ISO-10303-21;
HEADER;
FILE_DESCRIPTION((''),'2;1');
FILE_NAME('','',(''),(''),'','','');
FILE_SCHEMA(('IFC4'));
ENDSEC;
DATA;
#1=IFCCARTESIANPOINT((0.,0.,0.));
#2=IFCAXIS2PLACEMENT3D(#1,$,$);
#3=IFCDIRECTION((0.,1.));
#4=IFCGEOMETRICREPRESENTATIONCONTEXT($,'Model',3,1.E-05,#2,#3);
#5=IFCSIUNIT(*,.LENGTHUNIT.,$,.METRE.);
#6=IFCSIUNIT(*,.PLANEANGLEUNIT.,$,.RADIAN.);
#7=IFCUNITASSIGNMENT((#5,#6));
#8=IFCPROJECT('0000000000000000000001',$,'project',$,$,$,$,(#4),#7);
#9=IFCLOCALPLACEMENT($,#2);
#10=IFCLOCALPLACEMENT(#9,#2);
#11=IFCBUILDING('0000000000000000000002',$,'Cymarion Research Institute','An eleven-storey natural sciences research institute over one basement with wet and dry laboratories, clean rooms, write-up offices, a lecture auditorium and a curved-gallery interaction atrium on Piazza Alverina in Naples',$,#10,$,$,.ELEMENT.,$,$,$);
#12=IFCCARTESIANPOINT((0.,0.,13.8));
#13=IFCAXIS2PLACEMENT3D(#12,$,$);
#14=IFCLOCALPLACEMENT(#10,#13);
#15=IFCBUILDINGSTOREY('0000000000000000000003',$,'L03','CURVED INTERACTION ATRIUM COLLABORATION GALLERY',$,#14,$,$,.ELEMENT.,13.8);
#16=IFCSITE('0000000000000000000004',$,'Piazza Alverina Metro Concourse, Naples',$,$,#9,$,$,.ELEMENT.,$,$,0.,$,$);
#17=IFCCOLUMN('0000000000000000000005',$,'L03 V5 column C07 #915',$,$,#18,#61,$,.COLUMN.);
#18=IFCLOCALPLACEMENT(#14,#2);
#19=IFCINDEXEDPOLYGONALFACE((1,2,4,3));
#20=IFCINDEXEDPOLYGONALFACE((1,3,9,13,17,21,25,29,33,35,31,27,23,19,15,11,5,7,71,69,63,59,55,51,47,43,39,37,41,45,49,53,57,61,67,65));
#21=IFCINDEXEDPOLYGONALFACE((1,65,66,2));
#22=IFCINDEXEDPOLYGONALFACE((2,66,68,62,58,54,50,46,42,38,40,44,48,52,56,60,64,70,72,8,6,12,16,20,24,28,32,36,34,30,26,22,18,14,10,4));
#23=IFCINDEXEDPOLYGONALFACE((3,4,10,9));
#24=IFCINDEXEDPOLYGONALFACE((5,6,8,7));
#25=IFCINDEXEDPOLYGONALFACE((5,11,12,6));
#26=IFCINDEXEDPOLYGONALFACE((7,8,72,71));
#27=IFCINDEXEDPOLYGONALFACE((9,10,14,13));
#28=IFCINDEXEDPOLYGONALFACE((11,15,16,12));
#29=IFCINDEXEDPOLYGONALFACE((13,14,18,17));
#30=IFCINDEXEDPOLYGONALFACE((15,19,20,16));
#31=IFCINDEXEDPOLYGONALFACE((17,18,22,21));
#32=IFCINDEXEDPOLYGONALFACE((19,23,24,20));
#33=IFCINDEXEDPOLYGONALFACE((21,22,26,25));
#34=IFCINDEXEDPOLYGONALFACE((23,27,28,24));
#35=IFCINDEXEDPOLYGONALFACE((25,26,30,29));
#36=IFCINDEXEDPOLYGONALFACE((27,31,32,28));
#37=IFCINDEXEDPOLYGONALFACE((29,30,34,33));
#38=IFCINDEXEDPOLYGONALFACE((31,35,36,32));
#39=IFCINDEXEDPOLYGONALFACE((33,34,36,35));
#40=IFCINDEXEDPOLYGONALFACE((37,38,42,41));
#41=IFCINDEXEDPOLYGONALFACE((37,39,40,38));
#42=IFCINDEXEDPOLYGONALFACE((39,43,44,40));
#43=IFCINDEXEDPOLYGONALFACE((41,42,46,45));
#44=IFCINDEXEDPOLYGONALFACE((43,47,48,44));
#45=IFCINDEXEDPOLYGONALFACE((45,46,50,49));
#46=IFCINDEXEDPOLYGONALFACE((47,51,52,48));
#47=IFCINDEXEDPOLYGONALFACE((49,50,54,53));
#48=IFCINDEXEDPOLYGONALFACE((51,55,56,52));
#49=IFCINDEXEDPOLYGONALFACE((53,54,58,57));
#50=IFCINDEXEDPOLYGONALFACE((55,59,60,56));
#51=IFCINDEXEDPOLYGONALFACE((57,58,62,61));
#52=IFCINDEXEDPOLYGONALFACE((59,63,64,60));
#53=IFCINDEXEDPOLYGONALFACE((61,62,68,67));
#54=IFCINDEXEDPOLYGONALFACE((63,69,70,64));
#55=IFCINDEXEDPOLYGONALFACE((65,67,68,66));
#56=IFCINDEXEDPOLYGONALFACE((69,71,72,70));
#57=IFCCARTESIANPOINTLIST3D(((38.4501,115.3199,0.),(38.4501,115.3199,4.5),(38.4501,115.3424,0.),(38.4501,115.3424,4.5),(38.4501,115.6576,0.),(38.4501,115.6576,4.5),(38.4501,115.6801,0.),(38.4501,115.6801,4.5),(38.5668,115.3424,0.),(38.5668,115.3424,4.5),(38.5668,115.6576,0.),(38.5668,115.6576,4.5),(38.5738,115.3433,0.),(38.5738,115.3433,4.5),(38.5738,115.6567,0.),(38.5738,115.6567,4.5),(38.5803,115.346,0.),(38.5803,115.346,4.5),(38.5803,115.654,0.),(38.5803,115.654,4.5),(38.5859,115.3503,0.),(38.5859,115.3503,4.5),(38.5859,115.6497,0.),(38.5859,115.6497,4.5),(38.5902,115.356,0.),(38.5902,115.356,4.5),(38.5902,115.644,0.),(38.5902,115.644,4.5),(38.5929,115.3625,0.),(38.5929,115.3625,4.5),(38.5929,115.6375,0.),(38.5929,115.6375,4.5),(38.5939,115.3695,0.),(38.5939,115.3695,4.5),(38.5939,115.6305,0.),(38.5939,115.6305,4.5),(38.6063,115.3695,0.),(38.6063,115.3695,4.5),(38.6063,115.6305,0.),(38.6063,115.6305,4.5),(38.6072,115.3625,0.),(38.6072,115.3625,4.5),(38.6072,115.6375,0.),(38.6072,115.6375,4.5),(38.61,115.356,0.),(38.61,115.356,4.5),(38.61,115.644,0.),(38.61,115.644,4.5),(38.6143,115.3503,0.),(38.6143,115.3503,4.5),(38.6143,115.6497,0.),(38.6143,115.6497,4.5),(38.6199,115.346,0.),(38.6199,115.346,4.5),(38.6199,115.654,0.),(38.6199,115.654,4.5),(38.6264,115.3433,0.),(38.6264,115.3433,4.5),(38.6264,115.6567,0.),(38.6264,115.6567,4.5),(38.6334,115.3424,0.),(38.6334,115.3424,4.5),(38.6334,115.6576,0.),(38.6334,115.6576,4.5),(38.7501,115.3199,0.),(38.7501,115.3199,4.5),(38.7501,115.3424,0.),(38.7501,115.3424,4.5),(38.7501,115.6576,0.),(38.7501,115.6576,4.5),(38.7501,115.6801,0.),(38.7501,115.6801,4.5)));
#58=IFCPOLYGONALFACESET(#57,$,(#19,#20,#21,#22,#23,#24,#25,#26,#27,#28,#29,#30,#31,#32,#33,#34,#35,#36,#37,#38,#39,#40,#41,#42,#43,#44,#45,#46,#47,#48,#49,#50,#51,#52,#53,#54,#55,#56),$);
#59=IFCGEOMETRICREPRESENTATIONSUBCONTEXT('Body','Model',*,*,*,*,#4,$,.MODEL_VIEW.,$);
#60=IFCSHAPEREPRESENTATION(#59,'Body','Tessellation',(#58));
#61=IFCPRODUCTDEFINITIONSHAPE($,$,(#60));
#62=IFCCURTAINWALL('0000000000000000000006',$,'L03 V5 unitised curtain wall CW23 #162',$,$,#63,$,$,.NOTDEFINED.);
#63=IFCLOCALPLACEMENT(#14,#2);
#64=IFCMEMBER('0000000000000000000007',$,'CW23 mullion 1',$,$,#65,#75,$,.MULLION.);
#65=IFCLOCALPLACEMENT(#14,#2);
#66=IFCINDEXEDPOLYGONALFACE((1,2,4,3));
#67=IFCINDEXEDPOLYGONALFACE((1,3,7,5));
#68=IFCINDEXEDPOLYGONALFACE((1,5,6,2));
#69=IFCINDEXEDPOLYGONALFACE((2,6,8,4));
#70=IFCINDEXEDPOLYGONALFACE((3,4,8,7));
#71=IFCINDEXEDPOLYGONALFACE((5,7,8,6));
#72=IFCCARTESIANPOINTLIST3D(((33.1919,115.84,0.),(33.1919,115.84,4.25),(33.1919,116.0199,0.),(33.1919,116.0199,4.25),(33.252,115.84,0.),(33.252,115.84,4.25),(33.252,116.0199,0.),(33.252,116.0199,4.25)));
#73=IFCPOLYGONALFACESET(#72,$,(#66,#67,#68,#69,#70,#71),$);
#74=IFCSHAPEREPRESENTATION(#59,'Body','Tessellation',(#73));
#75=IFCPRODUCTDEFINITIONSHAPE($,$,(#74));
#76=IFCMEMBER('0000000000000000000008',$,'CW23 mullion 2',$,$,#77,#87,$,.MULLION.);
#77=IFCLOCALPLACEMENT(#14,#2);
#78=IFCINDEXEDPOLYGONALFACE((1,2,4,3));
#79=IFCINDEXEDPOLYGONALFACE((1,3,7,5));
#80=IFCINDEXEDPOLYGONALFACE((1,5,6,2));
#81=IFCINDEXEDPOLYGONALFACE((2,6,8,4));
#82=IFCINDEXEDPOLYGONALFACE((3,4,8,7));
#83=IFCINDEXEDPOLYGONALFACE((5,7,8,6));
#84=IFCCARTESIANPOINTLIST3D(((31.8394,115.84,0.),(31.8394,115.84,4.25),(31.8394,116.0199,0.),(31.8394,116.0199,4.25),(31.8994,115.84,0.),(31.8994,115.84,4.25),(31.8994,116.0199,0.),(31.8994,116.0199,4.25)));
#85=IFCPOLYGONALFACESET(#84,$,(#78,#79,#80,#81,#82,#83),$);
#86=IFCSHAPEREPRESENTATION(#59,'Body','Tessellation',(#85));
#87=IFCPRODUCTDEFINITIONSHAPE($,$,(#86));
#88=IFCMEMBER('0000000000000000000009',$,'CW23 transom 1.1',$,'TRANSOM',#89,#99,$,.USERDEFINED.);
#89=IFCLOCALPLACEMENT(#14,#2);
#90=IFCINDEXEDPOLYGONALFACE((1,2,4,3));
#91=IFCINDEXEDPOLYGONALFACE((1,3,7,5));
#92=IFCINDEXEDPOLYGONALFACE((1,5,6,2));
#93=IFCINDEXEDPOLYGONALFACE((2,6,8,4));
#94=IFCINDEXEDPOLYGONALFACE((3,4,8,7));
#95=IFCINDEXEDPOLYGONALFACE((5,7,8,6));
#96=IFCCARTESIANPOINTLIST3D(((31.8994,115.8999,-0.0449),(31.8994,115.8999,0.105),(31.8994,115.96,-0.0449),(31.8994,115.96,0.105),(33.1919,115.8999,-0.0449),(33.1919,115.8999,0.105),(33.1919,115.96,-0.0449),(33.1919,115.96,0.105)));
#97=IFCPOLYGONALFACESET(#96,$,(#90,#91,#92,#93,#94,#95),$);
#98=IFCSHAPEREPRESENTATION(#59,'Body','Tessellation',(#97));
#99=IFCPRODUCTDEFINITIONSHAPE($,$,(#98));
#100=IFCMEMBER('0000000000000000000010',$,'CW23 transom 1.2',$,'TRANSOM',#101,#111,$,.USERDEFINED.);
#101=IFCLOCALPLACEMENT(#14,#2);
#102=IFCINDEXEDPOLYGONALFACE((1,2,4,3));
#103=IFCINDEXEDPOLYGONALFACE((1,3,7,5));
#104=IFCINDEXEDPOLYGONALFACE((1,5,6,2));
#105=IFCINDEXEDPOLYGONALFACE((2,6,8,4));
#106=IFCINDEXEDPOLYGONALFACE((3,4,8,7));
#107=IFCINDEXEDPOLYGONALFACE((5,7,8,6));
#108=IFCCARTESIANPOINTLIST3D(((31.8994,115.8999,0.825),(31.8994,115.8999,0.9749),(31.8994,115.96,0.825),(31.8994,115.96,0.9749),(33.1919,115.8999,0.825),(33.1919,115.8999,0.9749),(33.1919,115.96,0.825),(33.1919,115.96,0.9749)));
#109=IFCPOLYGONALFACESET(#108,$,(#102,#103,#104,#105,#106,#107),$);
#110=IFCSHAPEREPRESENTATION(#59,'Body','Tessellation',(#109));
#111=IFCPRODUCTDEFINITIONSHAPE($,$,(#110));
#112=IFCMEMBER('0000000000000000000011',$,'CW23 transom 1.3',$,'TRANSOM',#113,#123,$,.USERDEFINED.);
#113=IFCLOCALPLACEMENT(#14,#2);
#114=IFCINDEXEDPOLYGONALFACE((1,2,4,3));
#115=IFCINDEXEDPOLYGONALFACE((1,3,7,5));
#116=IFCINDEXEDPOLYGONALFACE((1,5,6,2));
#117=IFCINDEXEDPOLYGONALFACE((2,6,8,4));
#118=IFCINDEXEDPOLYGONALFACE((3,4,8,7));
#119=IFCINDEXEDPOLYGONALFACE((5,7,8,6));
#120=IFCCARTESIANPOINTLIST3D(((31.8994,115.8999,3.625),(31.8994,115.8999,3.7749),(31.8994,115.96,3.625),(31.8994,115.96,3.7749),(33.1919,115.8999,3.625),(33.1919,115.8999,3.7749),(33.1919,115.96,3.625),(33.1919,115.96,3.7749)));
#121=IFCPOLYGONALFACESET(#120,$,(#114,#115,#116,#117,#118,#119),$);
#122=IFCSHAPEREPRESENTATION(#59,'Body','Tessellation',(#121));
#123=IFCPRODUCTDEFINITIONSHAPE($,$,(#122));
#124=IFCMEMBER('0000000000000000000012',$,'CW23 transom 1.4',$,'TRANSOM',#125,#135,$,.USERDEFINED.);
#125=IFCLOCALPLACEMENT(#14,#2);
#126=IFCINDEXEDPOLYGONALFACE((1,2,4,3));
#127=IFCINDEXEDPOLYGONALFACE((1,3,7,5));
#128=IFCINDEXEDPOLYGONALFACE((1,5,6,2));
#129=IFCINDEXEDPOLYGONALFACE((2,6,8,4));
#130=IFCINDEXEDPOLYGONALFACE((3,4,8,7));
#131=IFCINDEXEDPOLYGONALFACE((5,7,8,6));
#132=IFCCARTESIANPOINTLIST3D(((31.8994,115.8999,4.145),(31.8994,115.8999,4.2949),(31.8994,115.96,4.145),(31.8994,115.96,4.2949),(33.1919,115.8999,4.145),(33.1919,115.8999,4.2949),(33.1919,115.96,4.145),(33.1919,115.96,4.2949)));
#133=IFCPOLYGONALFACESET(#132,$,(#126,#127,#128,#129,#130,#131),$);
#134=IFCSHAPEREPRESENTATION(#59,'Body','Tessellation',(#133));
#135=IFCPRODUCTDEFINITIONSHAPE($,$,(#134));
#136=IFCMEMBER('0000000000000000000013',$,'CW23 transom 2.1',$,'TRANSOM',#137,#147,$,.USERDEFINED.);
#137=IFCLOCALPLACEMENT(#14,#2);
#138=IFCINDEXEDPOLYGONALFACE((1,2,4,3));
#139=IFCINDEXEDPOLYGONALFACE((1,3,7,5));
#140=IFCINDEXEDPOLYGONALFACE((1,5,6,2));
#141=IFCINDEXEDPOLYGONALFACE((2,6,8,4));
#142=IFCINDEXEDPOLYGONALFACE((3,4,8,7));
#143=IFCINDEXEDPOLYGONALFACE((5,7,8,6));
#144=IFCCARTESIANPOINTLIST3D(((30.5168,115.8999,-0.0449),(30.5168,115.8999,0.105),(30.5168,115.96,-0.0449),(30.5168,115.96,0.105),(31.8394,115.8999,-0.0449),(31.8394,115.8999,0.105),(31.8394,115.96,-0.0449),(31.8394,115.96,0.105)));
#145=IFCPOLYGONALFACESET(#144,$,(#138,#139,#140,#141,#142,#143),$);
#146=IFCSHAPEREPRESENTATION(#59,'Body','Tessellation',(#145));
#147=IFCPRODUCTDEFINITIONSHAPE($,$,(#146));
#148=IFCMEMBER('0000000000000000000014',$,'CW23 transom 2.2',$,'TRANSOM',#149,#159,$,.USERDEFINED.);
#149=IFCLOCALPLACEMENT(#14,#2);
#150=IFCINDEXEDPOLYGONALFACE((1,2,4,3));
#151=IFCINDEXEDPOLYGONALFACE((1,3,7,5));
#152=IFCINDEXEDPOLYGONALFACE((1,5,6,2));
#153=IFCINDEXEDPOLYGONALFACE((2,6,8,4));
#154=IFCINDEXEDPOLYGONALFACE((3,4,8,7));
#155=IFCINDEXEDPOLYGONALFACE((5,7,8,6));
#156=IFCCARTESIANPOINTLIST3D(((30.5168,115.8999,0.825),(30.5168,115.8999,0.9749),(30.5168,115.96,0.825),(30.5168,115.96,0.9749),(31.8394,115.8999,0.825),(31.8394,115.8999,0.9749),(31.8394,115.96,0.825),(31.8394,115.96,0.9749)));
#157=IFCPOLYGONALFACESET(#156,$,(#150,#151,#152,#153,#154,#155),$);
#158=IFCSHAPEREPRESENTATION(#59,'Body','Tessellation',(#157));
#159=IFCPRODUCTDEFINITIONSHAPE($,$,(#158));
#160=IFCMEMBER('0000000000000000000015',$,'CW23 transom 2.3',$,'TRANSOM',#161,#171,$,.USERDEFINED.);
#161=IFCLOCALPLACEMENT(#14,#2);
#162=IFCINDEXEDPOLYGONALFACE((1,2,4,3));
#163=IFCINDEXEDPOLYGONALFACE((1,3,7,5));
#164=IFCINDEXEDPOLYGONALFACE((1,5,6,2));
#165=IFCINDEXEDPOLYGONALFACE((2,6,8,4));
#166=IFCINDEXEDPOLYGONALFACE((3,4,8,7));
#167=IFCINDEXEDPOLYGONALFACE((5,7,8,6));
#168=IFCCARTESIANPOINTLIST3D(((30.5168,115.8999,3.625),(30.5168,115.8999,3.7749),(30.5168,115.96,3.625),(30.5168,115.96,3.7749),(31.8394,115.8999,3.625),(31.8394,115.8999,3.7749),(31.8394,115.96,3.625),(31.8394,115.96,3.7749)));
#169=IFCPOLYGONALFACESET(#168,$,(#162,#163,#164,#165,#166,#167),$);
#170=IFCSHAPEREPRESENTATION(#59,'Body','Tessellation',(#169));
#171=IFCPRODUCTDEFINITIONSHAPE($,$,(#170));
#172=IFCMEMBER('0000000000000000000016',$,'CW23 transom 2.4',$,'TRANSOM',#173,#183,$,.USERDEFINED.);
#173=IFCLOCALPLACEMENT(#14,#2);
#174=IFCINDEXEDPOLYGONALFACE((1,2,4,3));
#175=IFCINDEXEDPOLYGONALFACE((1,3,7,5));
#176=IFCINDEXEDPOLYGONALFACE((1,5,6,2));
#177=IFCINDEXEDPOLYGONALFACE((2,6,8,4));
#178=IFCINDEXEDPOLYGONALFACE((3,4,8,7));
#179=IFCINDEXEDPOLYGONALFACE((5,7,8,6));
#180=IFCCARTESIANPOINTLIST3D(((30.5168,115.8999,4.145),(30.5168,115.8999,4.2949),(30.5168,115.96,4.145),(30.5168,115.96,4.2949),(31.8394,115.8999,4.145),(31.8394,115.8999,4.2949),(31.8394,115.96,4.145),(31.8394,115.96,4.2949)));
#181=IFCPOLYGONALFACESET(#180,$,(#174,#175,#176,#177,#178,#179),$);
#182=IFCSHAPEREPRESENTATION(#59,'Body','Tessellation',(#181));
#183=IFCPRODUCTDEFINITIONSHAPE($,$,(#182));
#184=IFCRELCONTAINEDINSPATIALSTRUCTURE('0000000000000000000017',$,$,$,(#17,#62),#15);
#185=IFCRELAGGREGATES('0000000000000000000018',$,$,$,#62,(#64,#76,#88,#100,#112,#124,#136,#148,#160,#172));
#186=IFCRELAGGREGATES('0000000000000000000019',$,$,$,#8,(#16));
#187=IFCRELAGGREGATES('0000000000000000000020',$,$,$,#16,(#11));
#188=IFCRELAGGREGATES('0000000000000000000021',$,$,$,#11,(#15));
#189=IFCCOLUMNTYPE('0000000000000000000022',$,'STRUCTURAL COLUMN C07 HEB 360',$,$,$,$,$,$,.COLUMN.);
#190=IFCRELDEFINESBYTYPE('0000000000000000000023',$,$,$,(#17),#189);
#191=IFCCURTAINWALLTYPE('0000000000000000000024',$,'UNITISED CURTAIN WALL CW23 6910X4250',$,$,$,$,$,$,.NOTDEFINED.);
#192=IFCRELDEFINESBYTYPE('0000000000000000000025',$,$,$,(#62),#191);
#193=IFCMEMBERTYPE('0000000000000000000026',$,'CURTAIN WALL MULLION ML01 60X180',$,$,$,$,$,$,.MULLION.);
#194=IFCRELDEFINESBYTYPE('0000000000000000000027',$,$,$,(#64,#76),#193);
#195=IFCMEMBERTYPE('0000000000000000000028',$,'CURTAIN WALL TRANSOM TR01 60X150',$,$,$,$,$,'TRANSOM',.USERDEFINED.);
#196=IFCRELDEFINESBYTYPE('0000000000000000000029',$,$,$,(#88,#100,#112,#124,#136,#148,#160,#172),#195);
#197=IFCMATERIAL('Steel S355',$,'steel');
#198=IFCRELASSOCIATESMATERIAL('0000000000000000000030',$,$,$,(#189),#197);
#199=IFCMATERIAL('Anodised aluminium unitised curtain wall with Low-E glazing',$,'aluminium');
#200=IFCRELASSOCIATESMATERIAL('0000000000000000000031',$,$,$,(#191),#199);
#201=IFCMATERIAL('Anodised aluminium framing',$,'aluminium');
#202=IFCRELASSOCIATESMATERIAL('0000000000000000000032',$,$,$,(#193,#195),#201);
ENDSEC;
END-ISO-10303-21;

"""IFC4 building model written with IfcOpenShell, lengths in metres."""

from ifc_helpers import new_model, si_unit, direction, frame, origin, origin_2d, place, context, subcontext, project, spatial, rectangle, i_section, extrude, material, material_profile, profile_set, type_object, element, aggregate, save


model = new_model("IFC4")

# Units and contexts
model_context = context("Model", 3, precision=1e-05, world=origin(), true_north=direction((0.0, 1.0)))
body_context = subcontext(model_context, "Body", "Model", "MODEL_VIEW")
ifc_project = project(units=[si_unit("LENGTHUNIT", "METRE"), si_unit("PLANEANGLEUNIT", "RADIAN")], contexts=[model_context])

# Site, building, storey
site_placement = place(None, origin())
site = spatial("IfcSite", under=ifc_project, at=site_placement, Name="Piazza Alverina Metro Concourse, Naples", CompositionType="ELEMENT", RefElevation=0.0)
building_placement = place(site_placement, origin())
building = spatial("IfcBuilding", under=site, at=building_placement, Name="Cymarion Research Institute", Description="An eleven-storey natural sciences research institute over one basement with wet and dry laboratories, clean rooms, write-up offices, a lecture auditorium and a curved-gallery interaction atrium on Piazza Alverina in Naples", CompositionType="ELEMENT")
storey_placement = place(building_placement, frame((0.0, 0.0, 13.8)))
storey = spatial("IfcBuildingStorey", under=building, at=storey_placement, Name="L03", Description="CURVED INTERACTION ATRIUM COLLABORATION GALLERY", CompositionType="ELEMENT", Elevation=13.8)

# Column
ifc_material_1 = material(Name="Steel S355", Category="steel")
ifc_material_profile_1 = material_profile(ifc_material_1, i_section(OverallWidth=0.3, OverallDepth=0.3601, WebThickness=0.0125, FlangeThickness=0.0225, FilletRadius=0.0271, at=origin_2d()), Name="HEB 360")
ifc_profile_set_1 = profile_set([ifc_material_profile_1], Name="Steel S355")
column_type = type_object("IfcColumnType", Name="STRUCTURAL COLUMN C07 HEB 360", PredefinedType="COLUMN", material=ifc_profile_set_1)
column_placement = place(storey_placement, frame((38.6001, 115.5, 0.0), z_axis=(0.0, 0.0, 1.0), x_axis=(1.0, 0.0, 0.0)))
element("IfcColumn", 1, at=column_placement, inside=storey, type_object=column_type, Name="L03 V5 column C07 #915", PredefinedType="COLUMN", context=body_context, shape_type="SweptSolid", body=[
    extrude(i_section(OverallWidth=0.3, OverallDepth=0.3601, WebThickness=0.0125, FlangeThickness=0.0225, FilletRadius=0.0271, at=origin_2d()), origin(), (0.0, 0.0, 1.0), 4.5),
])

# Curtain wall, members
ifc_material_2 = material(Name="Anodised aluminium unitised curtain wall with Low-E glazing", Category="aluminium")
curtain_wall_type = type_object("IfcCurtainWallType", Name="UNITISED CURTAIN WALL CW23 6910X4250", PredefinedType="NOTDEFINED", material=ifc_material_2)
curtain_wall_placement = place(storey_placement, origin())
curtain_wall = element("IfcCurtainWall", 2, at=curtain_wall_placement, inside=storey, type_object=curtain_wall_type, Name="L03 V5 unitised curtain wall CW23 #162", PredefinedType="NOTDEFINED")
ifc_material_3 = material(Name="Anodised aluminium framing", Category="aluminium")
ifc_material_profile_2 = material_profile(ifc_material_3, rectangle(XDim=0.0601, YDim=0.1799, at=origin_2d()), Name="ALU MULLION 60x180")
ifc_profile_set_2 = profile_set([ifc_material_profile_2], Name="Anodised aluminium framing")
member_type_1 = type_object("IfcMemberType", Name="CURTAIN WALL MULLION ML01 60X180", PredefinedType="MULLION", material=ifc_profile_set_2)
member_1_placement = place(storey_placement, frame((33.2219, 115.9299, 0.0), z_axis=(0.0, 0.0, 1.0), x_axis=(-1.0, 0.0, 0.0)))
member_1 = element("IfcMember", 3, at=member_1_placement, type_object=member_type_1, Name="CW23 mullion 1", PredefinedType="MULLION", context=body_context, shape_type="SweptSolid", body=[
    extrude(rectangle(XDim=0.0601, YDim=0.1799, at=origin_2d()), origin(), (0.0, 0.0, 1.0), 4.25),
])
member_2_placement = place(storey_placement, frame((31.8694, 115.9299, 0.0), z_axis=(0.0, 0.0, 1.0), x_axis=(-1.0, 0.0, 0.0)))
member_2 = element("IfcMember", 4, at=member_2_placement, type_object=member_type_1, Name="CW23 mullion 2", PredefinedType="MULLION", context=body_context, shape_type="SweptSolid", body=[
    extrude(rectangle(XDim=0.0601, YDim=0.1799, at=origin_2d()), origin(), (0.0, 0.0, 1.0), 4.25),
])
ifc_material_profile_3 = material_profile(ifc_material_3, rectangle(XDim=0.0601, YDim=0.1499, at=origin_2d()), Name="ALU TRANSOM 60x150")
ifc_profile_set_3 = profile_set([ifc_material_profile_3], Name="Anodised aluminium framing")
member_type_2 = type_object("IfcMemberType", Name="CURTAIN WALL TRANSOM TR01 60X150", ElementType="TRANSOM", PredefinedType="USERDEFINED", material=ifc_profile_set_3)
member_3_placement = place(storey_placement, frame((33.1919, 115.9299, 0.03), z_axis=(-1.0, 0.0, 0.0), x_axis=(0.0, -1.0, 0.0)))
member_3 = element("IfcMember", 5, at=member_3_placement, type_object=member_type_2, Name="CW23 transom 1.1", ObjectType="TRANSOM", PredefinedType="USERDEFINED", context=body_context, shape_type="SweptSolid", body=[
    extrude(rectangle(XDim=0.0601, YDim=0.1499, at=origin_2d()), origin(), (0.0, 0.0, 1.0), 1.2925),
])
member_4_placement = place(storey_placement, frame((33.1919, 115.9299, 0.8999), z_axis=(-1.0, 0.0, 0.0), x_axis=(0.0, -1.0, 0.0)))
member_4 = element("IfcMember", 6, at=member_4_placement, type_object=member_type_2, Name="CW23 transom 1.2", ObjectType="TRANSOM", PredefinedType="USERDEFINED", context=body_context, shape_type="SweptSolid", body=[
    extrude(rectangle(XDim=0.0601, YDim=0.1499, at=origin_2d()), origin(), (0.0, 0.0, 1.0), 1.2925),
])
member_5_placement = place(storey_placement, frame((33.1919, 115.9299, 3.7), z_axis=(-1.0, 0.0, 0.0), x_axis=(0.0, -1.0, 0.0)))
member_5 = element("IfcMember", 7, at=member_5_placement, type_object=member_type_2, Name="CW23 transom 1.3", ObjectType="TRANSOM", PredefinedType="USERDEFINED", context=body_context, shape_type="SweptSolid", body=[
    extrude(rectangle(XDim=0.0601, YDim=0.1499, at=origin_2d()), origin(), (0.0, 0.0, 1.0), 1.2925),
])
member_6_placement = place(storey_placement, frame((33.1919, 115.9299, 4.22), z_axis=(-1.0, 0.0, 0.0), x_axis=(0.0, -1.0, 0.0)))
member_6 = element("IfcMember", 8, at=member_6_placement, type_object=member_type_2, Name="CW23 transom 1.4", ObjectType="TRANSOM", PredefinedType="USERDEFINED", context=body_context, shape_type="SweptSolid", body=[
    extrude(rectangle(XDim=0.0601, YDim=0.1499, at=origin_2d()), origin(), (0.0, 0.0, 1.0), 1.2925),
])
member_7_placement = place(storey_placement, frame((31.8394, 115.9299, 0.03), z_axis=(-1.0, 0.0, 0.0), x_axis=(0.0, -1.0, 0.0)))
member_7 = element("IfcMember", 9, at=member_7_placement, type_object=member_type_2, Name="CW23 transom 2.1", ObjectType="TRANSOM", PredefinedType="USERDEFINED", context=body_context, shape_type="SweptSolid", body=[
    extrude(rectangle(XDim=0.0601, YDim=0.1499, at=origin_2d()), origin(), (0.0, 0.0, 1.0), 1.3225),
])
member_8_placement = place(storey_placement, frame((31.8394, 115.9299, 0.8999), z_axis=(-1.0, 0.0, 0.0), x_axis=(0.0, -1.0, 0.0)))
member_8 = element("IfcMember", 10, at=member_8_placement, type_object=member_type_2, Name="CW23 transom 2.2", ObjectType="TRANSOM", PredefinedType="USERDEFINED", context=body_context, shape_type="SweptSolid", body=[
    extrude(rectangle(XDim=0.0601, YDim=0.1499, at=origin_2d()), origin(), (0.0, 0.0, 1.0), 1.3225),
])
member_9_placement = place(storey_placement, frame((31.8394, 115.9299, 3.7), z_axis=(-1.0, 0.0, 0.0), x_axis=(0.0, -1.0, 0.0)))
member_9 = element("IfcMember", 11, at=member_9_placement, type_object=member_type_2, Name="CW23 transom 2.3", ObjectType="TRANSOM", PredefinedType="USERDEFINED", context=body_context, shape_type="SweptSolid", body=[
    extrude(rectangle(XDim=0.0601, YDim=0.1499, at=origin_2d()), origin(), (0.0, 0.0, 1.0), 1.3225),
])
member_10_placement = place(storey_placement, frame((31.8394, 115.9299, 4.22), z_axis=(-1.0, 0.0, 0.0), x_axis=(0.0, -1.0, 0.0)))
member_10 = element("IfcMember", 12, at=member_10_placement, type_object=member_type_2, Name="CW23 transom 2.4", ObjectType="TRANSOM", PredefinedType="USERDEFINED", context=body_context, shape_type="SweptSolid", body=[
    extrude(rectangle(XDim=0.0601, YDim=0.1499, at=origin_2d()), origin(), (0.0, 0.0, 1.0), 1.3225),
])

aggregate(curtain_wall, [member_1, member_2, member_3, member_4, member_5, member_6, member_7, member_8, member_9, member_10])

save(model, "model.ifc")
